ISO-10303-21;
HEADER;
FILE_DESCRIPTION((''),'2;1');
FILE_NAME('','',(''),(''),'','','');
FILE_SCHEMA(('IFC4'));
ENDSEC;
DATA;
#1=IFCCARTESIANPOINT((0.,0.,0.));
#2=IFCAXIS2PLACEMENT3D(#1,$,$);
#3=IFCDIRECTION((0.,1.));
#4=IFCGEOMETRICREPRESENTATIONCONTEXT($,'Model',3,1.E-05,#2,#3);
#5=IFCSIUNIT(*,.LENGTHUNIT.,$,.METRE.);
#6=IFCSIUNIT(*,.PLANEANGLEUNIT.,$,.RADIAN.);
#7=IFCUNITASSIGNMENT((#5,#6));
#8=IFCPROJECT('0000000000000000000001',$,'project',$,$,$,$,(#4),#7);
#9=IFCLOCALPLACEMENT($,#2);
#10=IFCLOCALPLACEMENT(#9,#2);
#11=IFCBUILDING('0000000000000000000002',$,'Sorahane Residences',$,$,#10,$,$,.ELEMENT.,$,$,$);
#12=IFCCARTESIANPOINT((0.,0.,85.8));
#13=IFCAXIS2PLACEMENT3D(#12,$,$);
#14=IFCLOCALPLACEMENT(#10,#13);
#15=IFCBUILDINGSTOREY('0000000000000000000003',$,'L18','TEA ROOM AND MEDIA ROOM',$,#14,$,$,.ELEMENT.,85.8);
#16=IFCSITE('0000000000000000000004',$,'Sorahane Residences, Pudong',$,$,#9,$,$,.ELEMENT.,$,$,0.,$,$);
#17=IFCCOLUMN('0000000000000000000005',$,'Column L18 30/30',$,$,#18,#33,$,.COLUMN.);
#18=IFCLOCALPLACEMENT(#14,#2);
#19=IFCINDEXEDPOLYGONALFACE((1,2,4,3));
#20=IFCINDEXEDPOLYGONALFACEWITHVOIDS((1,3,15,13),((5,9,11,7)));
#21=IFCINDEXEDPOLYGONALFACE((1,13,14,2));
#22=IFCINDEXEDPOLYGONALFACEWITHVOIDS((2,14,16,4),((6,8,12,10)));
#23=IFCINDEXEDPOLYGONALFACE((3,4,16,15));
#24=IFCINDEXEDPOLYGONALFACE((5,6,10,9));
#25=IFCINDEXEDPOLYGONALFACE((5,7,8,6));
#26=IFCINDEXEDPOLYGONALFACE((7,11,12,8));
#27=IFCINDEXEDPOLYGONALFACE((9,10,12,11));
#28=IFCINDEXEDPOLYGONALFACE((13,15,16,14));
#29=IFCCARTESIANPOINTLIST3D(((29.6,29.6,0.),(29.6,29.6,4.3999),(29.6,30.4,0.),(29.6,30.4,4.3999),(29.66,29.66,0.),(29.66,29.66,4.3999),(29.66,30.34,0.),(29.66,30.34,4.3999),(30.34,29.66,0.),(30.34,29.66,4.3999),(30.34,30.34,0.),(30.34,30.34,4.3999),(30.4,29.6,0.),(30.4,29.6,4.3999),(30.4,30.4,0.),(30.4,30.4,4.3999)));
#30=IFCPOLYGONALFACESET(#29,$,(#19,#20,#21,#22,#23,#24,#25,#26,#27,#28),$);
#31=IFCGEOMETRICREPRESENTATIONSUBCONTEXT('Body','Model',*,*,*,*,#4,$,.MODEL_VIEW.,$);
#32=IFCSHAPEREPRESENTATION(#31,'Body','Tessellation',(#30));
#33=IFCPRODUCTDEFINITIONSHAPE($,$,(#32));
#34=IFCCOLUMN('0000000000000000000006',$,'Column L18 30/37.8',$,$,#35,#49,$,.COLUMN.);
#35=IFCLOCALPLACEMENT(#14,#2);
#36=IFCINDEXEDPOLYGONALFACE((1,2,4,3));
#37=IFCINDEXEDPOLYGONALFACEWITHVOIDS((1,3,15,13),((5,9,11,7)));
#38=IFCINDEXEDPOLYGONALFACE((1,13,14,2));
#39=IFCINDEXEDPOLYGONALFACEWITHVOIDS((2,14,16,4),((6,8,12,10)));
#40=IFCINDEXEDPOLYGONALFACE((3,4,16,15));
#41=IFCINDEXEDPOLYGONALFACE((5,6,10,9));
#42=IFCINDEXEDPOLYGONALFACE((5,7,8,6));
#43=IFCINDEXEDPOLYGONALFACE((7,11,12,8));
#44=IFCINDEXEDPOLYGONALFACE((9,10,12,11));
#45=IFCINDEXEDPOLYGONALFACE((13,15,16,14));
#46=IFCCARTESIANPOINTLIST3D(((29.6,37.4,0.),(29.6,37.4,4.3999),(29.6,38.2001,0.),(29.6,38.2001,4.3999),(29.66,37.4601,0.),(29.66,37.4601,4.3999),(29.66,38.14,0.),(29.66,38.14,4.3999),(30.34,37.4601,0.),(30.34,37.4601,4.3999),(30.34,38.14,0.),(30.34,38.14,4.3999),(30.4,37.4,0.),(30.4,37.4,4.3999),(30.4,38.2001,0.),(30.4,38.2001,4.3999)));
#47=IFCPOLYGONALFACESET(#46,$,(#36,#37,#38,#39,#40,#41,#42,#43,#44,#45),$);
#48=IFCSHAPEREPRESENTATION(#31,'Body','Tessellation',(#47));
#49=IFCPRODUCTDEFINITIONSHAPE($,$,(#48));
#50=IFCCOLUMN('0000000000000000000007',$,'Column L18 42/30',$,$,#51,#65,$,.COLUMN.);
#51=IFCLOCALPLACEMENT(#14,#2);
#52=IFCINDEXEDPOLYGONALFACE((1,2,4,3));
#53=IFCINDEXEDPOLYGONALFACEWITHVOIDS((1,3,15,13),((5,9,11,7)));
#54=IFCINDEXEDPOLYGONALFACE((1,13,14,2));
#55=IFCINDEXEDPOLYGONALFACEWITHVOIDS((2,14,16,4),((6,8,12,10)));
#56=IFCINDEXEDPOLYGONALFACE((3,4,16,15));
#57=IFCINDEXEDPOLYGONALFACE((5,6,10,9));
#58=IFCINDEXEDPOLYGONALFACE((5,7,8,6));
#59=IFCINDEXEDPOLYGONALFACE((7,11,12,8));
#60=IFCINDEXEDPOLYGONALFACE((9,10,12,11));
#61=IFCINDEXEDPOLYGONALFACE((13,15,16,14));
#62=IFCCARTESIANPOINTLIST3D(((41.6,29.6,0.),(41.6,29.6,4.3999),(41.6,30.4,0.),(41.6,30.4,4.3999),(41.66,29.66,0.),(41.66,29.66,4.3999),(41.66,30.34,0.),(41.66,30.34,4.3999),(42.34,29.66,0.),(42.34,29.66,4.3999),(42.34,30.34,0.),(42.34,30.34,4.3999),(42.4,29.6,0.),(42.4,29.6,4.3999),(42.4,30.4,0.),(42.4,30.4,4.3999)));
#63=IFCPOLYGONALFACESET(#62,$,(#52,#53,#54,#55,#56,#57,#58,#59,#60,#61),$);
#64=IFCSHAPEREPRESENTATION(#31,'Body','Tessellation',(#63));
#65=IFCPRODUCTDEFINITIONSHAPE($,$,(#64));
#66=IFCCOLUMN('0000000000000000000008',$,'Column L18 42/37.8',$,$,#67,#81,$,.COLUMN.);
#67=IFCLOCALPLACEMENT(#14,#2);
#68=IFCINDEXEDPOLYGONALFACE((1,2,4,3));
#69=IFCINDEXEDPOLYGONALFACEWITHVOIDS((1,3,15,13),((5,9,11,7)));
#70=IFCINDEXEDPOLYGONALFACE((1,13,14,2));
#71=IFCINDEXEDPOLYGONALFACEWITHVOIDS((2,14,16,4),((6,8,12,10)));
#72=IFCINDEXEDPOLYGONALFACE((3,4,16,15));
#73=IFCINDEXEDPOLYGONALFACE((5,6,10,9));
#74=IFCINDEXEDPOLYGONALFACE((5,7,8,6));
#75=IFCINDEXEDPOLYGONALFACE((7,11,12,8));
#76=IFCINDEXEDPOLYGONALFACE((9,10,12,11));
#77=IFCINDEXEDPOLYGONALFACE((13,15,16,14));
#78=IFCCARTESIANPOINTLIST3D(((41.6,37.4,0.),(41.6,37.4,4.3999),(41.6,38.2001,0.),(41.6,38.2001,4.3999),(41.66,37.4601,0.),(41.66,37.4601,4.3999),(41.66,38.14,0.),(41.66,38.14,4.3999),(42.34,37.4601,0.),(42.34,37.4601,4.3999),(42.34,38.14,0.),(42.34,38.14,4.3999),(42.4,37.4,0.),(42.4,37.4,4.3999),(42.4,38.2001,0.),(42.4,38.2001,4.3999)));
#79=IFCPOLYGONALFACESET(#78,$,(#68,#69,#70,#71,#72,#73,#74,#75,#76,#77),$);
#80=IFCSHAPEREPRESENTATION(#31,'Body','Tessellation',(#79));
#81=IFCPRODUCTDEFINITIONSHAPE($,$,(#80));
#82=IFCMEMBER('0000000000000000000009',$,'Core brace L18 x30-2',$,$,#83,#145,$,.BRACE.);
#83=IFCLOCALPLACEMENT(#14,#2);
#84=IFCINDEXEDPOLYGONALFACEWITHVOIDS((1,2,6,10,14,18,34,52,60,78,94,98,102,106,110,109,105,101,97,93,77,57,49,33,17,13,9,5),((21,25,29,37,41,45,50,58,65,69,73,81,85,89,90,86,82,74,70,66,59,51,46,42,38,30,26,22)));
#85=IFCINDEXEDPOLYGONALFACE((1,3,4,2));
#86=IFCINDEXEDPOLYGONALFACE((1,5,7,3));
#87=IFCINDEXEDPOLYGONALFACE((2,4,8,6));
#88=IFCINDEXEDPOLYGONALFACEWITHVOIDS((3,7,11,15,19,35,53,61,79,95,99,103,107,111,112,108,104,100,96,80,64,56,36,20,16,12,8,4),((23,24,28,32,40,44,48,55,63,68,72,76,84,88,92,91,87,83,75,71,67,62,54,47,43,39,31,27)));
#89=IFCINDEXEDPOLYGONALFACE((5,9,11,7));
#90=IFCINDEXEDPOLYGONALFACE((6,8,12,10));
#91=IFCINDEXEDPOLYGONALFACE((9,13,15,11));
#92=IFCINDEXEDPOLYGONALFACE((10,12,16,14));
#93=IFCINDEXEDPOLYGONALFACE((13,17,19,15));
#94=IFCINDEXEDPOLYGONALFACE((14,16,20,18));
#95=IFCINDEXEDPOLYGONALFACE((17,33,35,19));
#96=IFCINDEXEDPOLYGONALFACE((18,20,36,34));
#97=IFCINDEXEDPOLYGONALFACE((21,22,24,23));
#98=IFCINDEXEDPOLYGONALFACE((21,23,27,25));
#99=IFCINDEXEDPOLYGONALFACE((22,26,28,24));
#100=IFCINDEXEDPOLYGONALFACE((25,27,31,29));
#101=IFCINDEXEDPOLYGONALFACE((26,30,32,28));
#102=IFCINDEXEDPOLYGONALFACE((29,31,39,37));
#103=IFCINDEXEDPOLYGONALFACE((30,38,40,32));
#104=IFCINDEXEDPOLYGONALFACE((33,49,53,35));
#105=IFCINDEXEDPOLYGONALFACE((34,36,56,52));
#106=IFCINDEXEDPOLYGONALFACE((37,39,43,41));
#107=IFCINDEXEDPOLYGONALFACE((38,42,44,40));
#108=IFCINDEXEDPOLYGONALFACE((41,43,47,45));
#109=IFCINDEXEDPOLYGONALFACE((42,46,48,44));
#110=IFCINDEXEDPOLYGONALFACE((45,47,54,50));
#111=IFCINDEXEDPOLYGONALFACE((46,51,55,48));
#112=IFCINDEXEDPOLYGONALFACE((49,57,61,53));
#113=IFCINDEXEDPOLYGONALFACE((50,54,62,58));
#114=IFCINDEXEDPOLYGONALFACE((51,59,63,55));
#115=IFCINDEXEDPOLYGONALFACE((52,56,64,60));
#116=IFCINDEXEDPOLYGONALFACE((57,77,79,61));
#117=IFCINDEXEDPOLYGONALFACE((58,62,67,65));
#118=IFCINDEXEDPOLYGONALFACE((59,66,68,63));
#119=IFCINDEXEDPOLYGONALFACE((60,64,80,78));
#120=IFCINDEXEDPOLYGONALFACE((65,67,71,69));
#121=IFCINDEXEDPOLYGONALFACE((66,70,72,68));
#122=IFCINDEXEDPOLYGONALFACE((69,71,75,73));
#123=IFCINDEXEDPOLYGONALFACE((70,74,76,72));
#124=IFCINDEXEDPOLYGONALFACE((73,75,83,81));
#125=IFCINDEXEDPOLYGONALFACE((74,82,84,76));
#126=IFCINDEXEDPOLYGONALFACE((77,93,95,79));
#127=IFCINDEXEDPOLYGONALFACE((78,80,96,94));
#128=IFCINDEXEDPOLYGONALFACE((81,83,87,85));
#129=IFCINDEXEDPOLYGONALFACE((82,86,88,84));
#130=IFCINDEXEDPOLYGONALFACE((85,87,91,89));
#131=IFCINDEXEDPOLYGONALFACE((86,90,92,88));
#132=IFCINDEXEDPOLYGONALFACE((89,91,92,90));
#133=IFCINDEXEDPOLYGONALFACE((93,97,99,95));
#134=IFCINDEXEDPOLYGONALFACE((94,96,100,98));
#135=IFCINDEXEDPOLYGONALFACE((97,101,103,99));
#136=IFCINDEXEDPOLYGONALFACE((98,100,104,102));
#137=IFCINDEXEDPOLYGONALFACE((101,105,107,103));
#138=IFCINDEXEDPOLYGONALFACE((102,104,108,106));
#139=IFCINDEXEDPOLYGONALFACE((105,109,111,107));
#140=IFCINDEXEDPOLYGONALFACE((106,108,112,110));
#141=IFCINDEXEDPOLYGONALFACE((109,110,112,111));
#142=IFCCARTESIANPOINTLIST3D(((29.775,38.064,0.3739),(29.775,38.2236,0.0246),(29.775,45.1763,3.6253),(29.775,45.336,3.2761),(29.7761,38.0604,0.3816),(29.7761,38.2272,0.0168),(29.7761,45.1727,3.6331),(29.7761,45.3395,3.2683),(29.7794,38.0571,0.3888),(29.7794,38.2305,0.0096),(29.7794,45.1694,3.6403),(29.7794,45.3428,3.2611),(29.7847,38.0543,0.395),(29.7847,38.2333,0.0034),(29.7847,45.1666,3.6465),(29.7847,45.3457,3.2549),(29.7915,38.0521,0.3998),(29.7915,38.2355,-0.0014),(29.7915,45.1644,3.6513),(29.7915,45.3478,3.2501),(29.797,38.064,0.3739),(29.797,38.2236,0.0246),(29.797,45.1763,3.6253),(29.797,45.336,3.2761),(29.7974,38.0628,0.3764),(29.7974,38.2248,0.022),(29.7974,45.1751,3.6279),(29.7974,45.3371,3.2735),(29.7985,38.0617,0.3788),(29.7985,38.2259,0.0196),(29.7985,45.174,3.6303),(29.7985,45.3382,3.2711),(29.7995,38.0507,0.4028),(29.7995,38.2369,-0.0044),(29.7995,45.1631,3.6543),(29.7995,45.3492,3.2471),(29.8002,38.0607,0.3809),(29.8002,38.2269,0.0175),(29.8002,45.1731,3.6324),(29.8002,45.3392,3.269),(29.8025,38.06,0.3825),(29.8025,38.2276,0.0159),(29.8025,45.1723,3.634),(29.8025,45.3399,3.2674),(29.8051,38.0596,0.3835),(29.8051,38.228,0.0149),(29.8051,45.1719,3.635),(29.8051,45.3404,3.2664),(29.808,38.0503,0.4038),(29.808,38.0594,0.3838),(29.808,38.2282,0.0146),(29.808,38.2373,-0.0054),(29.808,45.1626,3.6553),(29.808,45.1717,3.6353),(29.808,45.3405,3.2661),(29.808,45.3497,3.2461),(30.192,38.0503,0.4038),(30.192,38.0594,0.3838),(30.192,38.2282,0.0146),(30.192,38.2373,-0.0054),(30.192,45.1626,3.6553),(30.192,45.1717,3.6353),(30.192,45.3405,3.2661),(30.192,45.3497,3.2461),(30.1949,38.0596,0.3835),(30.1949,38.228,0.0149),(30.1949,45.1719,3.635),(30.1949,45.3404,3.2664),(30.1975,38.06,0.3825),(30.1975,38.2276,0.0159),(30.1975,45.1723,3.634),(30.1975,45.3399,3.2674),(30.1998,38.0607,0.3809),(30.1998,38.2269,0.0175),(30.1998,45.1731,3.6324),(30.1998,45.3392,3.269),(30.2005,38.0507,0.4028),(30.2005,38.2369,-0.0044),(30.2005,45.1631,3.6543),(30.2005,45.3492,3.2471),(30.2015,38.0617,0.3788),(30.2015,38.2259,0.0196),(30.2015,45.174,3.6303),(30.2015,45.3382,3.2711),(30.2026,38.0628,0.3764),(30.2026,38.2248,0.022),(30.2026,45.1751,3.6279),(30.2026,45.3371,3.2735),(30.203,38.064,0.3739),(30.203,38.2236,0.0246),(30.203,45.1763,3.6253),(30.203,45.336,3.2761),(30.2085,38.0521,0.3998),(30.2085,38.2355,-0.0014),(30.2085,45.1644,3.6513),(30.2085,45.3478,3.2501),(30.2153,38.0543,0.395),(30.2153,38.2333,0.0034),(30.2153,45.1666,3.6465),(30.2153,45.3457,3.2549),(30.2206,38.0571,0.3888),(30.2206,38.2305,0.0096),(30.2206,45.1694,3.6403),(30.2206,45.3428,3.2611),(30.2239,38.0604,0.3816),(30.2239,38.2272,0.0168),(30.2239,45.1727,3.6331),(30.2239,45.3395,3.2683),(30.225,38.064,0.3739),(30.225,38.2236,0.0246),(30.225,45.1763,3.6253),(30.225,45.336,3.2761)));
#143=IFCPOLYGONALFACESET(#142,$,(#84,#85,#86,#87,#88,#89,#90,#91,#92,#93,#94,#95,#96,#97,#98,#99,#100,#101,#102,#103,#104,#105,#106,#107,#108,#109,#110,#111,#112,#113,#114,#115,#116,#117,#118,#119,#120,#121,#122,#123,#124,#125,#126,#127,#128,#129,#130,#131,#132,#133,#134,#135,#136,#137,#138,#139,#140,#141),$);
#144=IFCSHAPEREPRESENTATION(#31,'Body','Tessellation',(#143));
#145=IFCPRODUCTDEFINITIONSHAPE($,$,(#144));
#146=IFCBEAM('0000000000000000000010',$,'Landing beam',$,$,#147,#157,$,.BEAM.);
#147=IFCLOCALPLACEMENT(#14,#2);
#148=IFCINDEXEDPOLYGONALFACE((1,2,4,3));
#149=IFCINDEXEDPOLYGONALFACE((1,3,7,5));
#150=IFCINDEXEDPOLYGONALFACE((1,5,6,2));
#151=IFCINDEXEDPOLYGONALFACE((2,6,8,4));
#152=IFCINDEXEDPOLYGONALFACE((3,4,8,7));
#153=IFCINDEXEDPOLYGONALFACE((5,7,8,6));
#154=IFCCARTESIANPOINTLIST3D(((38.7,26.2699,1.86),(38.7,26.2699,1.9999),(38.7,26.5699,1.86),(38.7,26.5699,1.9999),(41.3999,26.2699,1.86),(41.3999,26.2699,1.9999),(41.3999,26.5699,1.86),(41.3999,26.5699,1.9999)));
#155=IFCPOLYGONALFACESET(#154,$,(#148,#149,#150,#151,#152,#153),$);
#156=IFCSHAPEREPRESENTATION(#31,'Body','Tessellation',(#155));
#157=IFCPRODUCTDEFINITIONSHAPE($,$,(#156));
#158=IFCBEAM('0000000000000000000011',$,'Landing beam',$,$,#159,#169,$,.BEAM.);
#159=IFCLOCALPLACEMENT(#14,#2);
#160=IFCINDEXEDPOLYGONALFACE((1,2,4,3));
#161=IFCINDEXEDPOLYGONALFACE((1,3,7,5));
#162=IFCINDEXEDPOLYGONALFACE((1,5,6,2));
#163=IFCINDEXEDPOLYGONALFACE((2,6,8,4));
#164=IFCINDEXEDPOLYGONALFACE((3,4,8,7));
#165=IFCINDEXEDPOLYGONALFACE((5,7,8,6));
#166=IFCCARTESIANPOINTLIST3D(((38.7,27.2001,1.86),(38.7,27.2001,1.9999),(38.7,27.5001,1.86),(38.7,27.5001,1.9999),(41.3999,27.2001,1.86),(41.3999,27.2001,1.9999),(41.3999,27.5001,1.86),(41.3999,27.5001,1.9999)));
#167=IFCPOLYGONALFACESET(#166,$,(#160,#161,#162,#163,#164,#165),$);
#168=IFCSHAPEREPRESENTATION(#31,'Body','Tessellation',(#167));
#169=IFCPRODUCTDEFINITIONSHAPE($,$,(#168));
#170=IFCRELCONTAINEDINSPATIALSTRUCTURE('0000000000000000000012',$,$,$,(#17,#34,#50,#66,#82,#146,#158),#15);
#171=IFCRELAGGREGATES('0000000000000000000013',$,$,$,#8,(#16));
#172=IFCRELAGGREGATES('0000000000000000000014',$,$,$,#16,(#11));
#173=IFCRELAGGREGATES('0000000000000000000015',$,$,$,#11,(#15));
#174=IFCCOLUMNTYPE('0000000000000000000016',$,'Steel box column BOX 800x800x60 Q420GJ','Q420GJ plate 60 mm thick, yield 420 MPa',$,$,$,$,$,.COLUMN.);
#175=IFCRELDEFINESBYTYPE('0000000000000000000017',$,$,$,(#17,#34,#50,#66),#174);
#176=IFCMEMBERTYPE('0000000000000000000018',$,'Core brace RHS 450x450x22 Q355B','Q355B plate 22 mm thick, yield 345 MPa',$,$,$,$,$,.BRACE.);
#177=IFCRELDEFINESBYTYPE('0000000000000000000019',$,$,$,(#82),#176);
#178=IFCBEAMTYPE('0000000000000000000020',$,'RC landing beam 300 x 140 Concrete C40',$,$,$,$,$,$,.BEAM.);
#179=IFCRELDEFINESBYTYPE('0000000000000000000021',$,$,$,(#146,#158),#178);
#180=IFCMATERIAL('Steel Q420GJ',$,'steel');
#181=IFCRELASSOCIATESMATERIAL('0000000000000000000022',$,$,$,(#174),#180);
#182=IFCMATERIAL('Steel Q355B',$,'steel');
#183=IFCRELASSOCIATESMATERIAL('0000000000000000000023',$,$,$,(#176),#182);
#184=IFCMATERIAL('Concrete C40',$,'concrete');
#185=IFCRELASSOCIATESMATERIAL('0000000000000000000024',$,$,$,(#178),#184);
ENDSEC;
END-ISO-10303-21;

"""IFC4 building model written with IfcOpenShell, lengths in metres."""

from ifc_helpers import new_model, si_unit, direction, frame, origin, origin_2d, place, context, subcontext, project, spatial, rectangle, hollow_rectangle, extrude, material, material_profile, profile_set, type_object, element, save


model = new_model("IFC4")

# Units and contexts
model_context = context("Model", 3, precision=1e-05, world=origin(), true_north=direction((0.0, 1.0)))
body_context = subcontext(model_context, "Body", "Model", "MODEL_VIEW")
ifc_project = project(units=[si_unit("LENGTHUNIT", "METRE"), si_unit("PLANEANGLEUNIT", "RADIAN")], contexts=[model_context])

# Site, building, storey
site_placement = place(None, origin())
site = spatial("IfcSite", under=ifc_project, at=site_placement, Name="Sorahane Residences, Pudong", CompositionType="ELEMENT", RefElevation=0.0)
building_placement = place(site_placement, origin())
building = spatial("IfcBuilding", under=site, at=building_placement, Name="Sorahane Residences", CompositionType="ELEMENT")
storey_placement = place(building_placement, frame((0.0, 0.0, 85.8)))
storey = spatial("IfcBuildingStorey", under=building, at=storey_placement, Name="L18", Description="TEA ROOM AND MEDIA ROOM", CompositionType="ELEMENT", Elevation=85.8)

# Columns
ifc_material_1 = material(Name="Steel Q420GJ", Category="steel")
ifc_material_profile_1 = material_profile(ifc_material_1, hollow_rectangle(XDim=0.8, YDim=0.8, WallThickness=0.0601, at=origin_2d()), Name="BOX 800x800x60")
ifc_profile_set_1 = profile_set([ifc_material_profile_1], Name="Steel Q420GJ")
column_type = type_object("IfcColumnType", Name="Steel box column BOX 800x800x60 Q420GJ", Description="Q420GJ plate 60 mm thick, yield 420 MPa", PredefinedType="COLUMN", material=ifc_profile_set_1)
for number, where, z_axis, x_axis, name in (
    (1, (30.0, 30.0, 0.0), (0.0, 0.0, 1.0), (1.0, 0.0, 0.0), "Column L18 30/30"),
    (2, (30.0, 37.8, 0.0), (0.0, 0.0, 1.0), (1.0, 0.0, 0.0), "Column L18 30/37.8"),
    (3, (42.0, 30.0, 0.0), (0.0, 0.0, 1.0), (1.0, 0.0, 0.0), "Column L18 42/30"),
    (4, (42.0, 37.8, 0.0), (0.0, 0.0, 1.0), (1.0, 0.0, 0.0), "Column L18 42/37.8"),
):
    element("IfcColumn", number, at=place(storey_placement, frame(where, z_axis=z_axis, x_axis=x_axis)), inside=storey, type_object=column_type, Name=name, PredefinedType="COLUMN", context=body_context, shape_type="SweptSolid", body=[
        extrude(hollow_rectangle(XDim=0.8, YDim=0.8, WallThickness=0.0601, at=origin_2d()), origin(), (0.0, 0.0, 1.0), 4.3999),
    ])

# Member
ifc_material_2 = material(Name="Steel Q355B", Category="steel")
ifc_material_profile_2 = material_profile(ifc_material_2, hollow_rectangle(XDim=0.45, YDim=0.45, WallThickness=0.022, InnerFilletRadius=0.011, OuterFilletRadius=0.033, at=origin_2d()), Name="RHS 450x450x22")
ifc_profile_set_2 = profile_set([ifc_material_profile_2], Name="Steel Q355B")
member_type = type_object("IfcMemberType", Name="Core brace RHS 450x450x22 Q355B", Description="Q355B plate 22 mm thick, yield 345 MPa", PredefinedType="BRACE", material=ifc_profile_set_2)
member_placement = place(storey_placement, frame((30.0, 38.1438, 0.1992), z_axis=(0.0, 0.909468, 0.415773), x_axis=(-1.0, 0.0, 0.0)))
element("IfcMember", 5, at=member_placement, inside=storey, type_object=member_type, Name="Core brace L18 x30-2", PredefinedType="BRACE", context=body_context, shape_type="SweptSolid", body=[
    extrude(hollow_rectangle(XDim=0.45, YDim=0.45, WallThickness=0.022, InnerFilletRadius=0.011, OuterFilletRadius=0.033, at=origin_2d()), origin(), (0.0, 0.0, 1.0), 7.8203),
])

# Beams
ifc_material_3 = material(Name="Concrete C40", Category="concrete")
ifc_material_profile_3 = material_profile(ifc_material_3, rectangle(XDim=0.3, YDim=0.1399, at=origin_2d()), Name="300x140")
ifc_profile_set_3 = profile_set([ifc_material_profile_3], Name="Concrete C40")
beam_type_1 = type_object("IfcBeamType", Name="RC landing beam 300 x 140 Concrete C40", PredefinedType="BEAM", material=ifc_profile_set_3)
for number, where, z_axis, x_axis, name in (
    (6, (38.7, 26.4199, 1.9299), (1.0, 0.0, 0.0), (0.0, 1.0, 0.0), "Landing beam"),
    (7, (38.7, 27.3501, 1.9299), (1.0, 0.0, 0.0), (0.0, 1.0, 0.0), "Landing beam"),
):
    element("IfcBeam", number, at=place(storey_placement, frame(where, z_axis=z_axis, x_axis=x_axis)), inside=storey, type_object=beam_type_1, Name=name, PredefinedType="BEAM", context=body_context, shape_type="SweptSolid", body=[
        extrude(rectangle(XDim=0.3, YDim=0.1399, at=origin_2d()), origin(), (0.0, 0.0, 1.0), 2.7),
    ])

save(model, "model.ifc")
